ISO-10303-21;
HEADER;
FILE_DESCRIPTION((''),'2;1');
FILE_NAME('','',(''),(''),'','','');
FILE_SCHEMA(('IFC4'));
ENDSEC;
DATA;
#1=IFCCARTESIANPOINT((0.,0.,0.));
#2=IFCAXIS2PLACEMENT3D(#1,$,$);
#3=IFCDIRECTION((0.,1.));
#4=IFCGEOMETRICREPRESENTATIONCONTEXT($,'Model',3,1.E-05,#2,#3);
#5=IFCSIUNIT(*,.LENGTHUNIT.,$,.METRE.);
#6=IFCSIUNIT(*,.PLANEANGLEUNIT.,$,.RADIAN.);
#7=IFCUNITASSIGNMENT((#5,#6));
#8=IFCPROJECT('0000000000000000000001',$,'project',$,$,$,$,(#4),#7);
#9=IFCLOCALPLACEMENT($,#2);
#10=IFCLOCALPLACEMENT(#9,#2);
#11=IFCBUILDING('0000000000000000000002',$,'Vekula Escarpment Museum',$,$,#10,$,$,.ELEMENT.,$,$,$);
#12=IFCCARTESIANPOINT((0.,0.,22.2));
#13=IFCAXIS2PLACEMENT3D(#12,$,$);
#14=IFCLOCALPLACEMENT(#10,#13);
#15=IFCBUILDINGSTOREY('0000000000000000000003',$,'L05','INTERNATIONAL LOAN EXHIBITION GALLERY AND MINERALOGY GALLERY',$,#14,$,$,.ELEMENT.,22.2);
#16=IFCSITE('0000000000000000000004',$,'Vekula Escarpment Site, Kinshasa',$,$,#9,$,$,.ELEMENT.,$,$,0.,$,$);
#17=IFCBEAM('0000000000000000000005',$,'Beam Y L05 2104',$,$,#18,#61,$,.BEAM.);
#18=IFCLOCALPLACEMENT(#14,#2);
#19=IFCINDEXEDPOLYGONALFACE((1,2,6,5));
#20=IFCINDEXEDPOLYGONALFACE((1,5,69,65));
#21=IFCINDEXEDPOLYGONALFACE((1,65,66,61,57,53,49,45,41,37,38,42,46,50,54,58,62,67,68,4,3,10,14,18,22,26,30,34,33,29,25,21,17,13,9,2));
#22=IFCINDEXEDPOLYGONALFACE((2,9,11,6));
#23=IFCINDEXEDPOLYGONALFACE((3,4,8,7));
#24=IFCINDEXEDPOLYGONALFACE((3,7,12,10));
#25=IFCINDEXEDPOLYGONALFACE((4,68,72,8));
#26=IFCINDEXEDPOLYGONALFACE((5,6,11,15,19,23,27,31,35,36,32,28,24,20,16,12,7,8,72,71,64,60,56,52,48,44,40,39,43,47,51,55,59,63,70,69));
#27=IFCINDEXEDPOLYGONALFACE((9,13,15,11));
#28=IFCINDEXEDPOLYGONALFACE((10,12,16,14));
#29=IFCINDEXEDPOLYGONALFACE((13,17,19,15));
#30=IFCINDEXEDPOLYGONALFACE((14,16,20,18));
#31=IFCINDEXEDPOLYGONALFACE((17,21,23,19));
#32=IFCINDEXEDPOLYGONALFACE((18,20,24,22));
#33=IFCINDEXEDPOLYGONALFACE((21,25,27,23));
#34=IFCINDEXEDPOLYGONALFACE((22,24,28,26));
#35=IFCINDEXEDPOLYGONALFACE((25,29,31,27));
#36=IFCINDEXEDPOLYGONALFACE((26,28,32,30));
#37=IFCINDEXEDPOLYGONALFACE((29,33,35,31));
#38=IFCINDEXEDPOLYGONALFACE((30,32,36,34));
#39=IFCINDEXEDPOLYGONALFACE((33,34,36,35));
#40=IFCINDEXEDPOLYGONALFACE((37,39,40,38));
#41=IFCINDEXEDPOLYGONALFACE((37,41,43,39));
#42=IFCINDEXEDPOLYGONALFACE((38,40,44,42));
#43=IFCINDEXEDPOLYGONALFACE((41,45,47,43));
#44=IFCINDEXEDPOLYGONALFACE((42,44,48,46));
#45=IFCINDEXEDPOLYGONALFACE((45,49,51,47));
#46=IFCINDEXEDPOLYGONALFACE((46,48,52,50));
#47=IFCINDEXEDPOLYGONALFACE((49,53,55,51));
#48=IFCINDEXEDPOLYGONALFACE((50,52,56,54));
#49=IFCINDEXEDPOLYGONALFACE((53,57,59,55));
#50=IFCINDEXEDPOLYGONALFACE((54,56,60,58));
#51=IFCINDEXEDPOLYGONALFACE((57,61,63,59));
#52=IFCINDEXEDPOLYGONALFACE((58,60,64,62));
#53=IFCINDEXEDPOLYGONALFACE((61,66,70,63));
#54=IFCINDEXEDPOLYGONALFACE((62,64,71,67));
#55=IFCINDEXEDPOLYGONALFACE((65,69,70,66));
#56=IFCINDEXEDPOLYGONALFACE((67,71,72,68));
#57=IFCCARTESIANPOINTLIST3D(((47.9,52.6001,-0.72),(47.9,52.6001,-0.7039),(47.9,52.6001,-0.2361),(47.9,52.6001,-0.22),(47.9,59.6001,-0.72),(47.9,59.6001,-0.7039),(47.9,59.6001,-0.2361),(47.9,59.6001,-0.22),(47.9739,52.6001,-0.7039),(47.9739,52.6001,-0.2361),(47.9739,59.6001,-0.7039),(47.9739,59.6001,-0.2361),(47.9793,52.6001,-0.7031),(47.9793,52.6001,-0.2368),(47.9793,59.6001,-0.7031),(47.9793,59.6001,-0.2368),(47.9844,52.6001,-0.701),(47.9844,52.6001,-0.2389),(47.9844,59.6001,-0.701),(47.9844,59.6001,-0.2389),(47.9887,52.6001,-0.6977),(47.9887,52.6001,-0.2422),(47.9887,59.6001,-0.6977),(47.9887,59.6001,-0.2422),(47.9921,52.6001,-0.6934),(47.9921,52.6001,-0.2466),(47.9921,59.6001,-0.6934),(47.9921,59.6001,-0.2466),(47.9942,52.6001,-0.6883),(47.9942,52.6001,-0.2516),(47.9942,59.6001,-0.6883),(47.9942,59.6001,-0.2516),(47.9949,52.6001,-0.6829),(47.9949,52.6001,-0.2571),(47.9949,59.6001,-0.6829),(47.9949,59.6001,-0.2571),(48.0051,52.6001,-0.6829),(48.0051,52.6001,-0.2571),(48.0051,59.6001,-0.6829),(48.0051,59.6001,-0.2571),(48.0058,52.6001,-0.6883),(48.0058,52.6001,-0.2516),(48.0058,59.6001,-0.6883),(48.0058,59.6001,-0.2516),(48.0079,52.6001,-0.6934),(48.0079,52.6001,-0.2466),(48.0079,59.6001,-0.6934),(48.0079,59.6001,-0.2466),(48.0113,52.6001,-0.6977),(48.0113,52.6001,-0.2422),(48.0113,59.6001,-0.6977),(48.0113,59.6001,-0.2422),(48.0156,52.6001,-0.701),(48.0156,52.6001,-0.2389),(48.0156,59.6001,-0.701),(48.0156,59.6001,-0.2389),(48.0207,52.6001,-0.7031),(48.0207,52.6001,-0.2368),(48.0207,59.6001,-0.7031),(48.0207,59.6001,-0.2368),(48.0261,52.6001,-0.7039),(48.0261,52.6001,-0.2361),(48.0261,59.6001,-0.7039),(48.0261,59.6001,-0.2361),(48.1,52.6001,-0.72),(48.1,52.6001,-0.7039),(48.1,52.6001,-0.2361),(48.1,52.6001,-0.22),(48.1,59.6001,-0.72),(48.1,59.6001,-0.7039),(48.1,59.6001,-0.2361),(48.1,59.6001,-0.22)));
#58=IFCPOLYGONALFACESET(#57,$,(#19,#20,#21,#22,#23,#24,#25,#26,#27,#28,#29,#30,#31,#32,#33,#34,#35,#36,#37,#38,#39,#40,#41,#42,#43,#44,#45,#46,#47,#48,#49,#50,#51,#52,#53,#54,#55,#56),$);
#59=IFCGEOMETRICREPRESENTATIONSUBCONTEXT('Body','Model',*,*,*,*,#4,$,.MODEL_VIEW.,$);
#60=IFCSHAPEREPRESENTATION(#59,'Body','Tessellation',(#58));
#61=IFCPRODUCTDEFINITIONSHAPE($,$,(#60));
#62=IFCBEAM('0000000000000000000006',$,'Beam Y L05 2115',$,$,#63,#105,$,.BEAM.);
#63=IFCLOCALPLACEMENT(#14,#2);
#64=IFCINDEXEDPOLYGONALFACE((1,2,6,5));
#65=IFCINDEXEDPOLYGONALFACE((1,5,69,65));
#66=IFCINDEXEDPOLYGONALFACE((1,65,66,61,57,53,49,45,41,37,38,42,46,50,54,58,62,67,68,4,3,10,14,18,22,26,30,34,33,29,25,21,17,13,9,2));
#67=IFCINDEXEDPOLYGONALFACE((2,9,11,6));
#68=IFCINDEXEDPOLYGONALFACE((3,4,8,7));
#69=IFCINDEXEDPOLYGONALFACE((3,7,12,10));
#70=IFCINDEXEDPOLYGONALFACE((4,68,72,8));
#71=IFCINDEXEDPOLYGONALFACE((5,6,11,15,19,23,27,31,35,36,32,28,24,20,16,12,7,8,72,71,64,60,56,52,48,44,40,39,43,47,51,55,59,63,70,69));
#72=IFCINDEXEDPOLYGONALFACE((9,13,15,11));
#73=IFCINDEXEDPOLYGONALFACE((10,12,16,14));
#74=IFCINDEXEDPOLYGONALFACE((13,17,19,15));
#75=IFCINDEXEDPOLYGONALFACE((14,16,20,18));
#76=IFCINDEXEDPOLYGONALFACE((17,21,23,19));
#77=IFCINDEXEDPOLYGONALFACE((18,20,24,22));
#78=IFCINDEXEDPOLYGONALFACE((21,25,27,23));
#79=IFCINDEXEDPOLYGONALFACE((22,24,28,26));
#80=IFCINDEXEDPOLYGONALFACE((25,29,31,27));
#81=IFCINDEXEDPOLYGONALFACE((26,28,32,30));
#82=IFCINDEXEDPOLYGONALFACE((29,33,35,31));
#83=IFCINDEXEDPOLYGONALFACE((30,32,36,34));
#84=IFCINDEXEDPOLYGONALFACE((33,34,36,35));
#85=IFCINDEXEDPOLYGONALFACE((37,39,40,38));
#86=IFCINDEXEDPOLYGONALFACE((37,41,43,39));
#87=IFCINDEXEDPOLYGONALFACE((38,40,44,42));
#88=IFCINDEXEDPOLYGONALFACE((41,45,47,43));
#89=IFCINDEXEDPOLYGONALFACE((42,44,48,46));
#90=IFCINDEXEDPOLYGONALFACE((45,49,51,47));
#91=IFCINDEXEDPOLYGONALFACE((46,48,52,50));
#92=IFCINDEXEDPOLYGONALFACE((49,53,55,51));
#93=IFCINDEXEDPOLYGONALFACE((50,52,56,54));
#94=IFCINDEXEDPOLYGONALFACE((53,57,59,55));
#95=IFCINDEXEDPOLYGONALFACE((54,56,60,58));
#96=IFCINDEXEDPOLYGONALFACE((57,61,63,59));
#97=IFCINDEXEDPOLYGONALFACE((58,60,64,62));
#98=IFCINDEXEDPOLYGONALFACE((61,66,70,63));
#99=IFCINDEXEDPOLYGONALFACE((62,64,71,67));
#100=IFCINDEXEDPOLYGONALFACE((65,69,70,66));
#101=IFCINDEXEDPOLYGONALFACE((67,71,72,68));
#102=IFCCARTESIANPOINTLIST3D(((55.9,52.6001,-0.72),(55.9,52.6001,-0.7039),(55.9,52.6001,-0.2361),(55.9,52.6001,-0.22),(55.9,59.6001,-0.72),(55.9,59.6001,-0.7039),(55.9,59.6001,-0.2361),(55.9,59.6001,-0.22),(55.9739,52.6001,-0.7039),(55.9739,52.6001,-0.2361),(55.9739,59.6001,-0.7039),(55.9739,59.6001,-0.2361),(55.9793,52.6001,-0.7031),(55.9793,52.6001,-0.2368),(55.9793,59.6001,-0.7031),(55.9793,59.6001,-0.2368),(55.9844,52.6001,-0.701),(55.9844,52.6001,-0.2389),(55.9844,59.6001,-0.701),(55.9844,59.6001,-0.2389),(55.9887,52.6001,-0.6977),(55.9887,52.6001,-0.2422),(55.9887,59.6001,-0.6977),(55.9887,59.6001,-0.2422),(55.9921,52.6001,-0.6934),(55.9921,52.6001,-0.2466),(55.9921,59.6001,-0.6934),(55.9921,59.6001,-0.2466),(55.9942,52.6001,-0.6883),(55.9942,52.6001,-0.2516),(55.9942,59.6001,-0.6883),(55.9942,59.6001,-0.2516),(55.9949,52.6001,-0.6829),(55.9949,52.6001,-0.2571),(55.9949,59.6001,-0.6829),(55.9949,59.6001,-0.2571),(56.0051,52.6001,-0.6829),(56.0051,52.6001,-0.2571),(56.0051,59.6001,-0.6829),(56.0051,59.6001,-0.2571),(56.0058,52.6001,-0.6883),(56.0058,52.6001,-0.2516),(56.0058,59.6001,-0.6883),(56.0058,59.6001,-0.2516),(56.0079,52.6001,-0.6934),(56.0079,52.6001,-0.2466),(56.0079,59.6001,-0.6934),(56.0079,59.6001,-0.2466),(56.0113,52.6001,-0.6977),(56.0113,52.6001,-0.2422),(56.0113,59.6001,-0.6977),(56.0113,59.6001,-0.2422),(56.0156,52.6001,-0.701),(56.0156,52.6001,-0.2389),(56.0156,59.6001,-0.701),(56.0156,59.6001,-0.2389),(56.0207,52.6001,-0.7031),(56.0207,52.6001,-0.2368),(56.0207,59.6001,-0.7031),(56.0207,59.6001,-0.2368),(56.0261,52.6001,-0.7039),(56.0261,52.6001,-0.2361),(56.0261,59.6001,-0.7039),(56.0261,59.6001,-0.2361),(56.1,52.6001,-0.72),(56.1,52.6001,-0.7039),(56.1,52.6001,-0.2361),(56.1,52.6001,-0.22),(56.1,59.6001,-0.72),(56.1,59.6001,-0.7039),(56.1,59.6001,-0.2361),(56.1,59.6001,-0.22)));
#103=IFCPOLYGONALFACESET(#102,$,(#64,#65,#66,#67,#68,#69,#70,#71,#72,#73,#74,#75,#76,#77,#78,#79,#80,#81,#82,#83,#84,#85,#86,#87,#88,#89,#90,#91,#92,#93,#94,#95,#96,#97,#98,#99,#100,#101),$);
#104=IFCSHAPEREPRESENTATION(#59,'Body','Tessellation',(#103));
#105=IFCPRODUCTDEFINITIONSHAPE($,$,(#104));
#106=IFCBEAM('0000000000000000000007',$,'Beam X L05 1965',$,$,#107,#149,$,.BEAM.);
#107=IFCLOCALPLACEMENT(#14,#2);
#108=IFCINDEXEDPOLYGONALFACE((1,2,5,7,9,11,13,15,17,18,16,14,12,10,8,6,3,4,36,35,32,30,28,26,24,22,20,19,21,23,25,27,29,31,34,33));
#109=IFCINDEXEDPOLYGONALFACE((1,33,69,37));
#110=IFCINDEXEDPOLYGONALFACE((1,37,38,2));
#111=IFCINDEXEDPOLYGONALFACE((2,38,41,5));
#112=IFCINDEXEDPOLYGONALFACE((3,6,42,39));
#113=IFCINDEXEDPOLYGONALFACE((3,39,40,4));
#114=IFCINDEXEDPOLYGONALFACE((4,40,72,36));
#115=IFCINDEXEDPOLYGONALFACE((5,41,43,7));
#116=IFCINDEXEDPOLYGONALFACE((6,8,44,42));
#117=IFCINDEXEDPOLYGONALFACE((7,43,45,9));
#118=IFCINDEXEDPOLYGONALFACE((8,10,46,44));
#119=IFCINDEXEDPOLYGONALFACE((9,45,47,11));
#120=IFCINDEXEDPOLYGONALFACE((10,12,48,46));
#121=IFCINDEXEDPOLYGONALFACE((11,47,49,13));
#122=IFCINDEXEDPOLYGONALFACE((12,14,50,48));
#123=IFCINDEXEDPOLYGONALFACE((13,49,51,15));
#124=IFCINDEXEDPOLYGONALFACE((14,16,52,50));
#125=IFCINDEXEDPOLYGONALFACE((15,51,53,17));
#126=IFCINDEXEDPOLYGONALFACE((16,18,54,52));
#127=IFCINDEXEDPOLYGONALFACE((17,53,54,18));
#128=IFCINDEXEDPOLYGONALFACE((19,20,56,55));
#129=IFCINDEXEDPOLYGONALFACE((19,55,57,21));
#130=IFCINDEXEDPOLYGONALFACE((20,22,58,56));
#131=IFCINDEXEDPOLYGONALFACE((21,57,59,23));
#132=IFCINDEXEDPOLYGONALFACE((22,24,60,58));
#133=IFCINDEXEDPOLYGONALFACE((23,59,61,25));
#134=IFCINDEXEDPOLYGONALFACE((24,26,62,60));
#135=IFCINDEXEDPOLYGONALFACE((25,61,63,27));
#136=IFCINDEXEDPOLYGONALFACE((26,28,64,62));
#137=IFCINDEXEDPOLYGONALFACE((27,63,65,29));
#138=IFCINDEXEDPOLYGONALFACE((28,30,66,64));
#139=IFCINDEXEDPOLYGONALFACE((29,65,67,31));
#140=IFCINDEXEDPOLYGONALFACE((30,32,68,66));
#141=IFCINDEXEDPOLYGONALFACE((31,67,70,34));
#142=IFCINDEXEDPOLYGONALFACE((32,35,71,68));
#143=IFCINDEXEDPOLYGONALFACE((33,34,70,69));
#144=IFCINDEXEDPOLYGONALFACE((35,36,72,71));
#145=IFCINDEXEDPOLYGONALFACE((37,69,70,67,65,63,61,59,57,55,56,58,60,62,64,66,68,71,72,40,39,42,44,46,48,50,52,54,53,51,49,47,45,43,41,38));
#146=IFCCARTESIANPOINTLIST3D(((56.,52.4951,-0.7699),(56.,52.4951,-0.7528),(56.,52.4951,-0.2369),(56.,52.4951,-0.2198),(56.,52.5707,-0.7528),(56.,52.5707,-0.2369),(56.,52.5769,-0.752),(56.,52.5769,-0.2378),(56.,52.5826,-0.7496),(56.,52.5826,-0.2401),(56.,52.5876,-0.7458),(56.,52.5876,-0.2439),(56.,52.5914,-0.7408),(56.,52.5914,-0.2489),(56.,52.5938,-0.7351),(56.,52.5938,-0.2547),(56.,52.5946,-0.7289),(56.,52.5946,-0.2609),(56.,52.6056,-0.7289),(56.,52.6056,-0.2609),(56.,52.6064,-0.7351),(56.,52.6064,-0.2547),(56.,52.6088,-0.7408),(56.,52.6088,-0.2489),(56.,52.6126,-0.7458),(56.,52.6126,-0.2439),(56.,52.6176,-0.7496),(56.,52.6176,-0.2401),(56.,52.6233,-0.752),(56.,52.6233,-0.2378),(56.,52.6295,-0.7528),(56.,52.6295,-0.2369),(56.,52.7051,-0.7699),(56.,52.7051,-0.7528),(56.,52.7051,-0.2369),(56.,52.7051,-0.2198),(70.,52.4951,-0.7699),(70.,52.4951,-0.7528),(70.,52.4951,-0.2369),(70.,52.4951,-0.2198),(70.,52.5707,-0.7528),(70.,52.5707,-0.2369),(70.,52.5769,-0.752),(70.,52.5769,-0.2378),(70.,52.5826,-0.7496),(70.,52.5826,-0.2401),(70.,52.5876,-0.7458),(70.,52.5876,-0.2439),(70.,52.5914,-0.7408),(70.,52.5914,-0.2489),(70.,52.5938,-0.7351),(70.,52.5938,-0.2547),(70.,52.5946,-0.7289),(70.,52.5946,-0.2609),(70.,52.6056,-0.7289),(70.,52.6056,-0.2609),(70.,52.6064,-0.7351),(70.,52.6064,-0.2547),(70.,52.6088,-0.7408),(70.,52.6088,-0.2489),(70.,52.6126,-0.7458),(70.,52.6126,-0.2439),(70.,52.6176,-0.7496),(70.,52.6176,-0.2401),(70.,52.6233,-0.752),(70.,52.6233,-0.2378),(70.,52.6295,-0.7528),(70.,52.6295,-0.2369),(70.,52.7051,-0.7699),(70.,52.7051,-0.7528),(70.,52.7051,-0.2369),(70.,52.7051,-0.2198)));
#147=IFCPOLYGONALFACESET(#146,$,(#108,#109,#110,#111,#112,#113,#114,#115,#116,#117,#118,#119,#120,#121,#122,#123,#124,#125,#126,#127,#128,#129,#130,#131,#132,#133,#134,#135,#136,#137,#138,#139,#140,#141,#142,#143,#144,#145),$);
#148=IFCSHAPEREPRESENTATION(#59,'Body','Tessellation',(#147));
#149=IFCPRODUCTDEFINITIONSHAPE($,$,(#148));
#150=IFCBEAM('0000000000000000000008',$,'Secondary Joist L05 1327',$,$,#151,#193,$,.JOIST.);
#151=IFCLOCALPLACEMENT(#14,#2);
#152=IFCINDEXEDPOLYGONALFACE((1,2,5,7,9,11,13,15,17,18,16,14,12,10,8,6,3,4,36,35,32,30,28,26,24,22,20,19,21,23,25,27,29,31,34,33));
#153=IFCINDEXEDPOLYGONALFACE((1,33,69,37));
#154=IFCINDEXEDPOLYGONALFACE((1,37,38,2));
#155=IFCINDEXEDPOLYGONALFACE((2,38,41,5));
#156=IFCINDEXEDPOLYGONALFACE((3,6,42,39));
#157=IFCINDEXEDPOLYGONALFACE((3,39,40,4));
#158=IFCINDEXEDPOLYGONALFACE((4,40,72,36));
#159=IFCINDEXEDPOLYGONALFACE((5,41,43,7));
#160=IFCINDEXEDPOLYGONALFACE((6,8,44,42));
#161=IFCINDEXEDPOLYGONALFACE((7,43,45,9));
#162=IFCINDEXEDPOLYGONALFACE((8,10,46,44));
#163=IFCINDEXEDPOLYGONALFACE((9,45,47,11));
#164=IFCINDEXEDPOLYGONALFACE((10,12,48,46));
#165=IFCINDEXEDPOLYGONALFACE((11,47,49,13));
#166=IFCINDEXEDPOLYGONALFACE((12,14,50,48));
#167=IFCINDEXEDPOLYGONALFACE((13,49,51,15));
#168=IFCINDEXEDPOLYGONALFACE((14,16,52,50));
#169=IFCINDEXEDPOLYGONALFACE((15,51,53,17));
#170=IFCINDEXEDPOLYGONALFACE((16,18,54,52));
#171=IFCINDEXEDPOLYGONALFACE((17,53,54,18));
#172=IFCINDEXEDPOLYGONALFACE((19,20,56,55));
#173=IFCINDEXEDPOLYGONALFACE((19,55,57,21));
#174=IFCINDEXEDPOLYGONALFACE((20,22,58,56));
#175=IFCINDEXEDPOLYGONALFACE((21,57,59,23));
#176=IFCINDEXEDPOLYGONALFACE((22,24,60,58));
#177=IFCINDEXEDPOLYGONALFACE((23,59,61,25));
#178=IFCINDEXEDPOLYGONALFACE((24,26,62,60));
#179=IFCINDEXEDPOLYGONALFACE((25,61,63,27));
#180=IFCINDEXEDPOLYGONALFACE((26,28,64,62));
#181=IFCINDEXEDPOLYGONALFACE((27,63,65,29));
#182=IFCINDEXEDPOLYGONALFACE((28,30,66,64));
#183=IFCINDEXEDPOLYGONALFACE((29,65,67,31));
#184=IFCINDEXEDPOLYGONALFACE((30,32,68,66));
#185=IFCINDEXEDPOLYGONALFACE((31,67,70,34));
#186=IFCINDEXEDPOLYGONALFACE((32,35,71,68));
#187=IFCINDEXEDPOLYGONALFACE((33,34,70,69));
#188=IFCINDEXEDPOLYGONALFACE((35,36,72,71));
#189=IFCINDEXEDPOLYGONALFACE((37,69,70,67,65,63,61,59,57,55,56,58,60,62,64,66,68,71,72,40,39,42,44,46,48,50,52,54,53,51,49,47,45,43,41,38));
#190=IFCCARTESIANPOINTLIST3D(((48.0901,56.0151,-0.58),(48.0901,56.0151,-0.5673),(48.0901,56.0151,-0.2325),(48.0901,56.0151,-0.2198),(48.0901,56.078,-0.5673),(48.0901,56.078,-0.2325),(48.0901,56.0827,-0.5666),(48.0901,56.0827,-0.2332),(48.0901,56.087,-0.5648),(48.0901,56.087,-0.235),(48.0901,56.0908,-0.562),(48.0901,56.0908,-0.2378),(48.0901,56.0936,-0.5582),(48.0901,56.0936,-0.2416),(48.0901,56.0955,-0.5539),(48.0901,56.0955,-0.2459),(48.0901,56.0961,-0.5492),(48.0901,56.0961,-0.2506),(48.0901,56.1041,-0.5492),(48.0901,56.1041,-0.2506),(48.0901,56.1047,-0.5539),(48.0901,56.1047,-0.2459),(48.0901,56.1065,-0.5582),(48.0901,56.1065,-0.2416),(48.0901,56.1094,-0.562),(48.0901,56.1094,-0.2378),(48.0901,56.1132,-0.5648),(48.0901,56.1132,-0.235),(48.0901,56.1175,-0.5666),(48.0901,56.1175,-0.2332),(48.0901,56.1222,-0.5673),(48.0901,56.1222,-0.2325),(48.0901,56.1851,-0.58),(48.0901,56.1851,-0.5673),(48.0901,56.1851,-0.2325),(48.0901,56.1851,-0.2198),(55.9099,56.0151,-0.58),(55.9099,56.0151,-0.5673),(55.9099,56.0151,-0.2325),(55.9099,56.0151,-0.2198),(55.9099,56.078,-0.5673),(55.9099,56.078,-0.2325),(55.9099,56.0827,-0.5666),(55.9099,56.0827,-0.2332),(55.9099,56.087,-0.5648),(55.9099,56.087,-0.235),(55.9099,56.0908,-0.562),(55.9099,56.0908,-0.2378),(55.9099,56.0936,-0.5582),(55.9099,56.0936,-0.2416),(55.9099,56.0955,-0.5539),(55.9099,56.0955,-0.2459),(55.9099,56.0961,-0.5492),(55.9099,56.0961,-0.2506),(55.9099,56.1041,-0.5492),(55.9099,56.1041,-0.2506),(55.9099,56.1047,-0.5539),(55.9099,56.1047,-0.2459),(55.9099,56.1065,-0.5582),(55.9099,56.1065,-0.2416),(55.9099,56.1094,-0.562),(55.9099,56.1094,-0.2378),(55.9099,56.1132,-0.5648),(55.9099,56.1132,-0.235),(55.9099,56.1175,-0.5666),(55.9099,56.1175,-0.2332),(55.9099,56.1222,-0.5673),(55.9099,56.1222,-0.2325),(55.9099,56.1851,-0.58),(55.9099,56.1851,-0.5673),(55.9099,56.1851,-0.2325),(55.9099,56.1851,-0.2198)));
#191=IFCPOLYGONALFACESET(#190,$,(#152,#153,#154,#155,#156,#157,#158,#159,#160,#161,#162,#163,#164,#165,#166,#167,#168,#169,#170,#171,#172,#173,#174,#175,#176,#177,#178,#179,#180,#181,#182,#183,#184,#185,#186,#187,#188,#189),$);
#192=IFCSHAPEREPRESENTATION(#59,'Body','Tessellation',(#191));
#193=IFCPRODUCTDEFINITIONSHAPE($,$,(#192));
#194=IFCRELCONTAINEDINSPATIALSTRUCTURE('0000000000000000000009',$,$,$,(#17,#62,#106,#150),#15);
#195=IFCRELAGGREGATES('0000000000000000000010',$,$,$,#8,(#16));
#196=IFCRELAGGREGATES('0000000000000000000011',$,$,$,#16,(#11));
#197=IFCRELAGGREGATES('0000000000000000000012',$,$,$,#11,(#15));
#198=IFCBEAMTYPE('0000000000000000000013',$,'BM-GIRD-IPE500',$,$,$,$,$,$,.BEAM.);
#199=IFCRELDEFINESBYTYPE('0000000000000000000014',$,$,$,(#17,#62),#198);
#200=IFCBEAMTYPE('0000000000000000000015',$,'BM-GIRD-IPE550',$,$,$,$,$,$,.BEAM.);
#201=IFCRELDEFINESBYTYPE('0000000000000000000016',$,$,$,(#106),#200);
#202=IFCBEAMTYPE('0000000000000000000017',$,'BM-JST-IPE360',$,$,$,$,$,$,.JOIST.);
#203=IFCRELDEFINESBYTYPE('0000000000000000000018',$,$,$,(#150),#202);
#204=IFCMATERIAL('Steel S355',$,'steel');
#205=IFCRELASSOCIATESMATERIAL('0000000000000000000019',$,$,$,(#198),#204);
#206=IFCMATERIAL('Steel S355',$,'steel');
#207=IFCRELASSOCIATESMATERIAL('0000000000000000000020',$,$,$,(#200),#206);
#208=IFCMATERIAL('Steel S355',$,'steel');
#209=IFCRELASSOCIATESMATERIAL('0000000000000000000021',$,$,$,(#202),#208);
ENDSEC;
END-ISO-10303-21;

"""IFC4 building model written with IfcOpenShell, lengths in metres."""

from ifc_helpers import new_model, si_unit, direction, frame, origin, origin_2d, place, context, subcontext, project, spatial, i_section, extrude, material, material_profile, profile_set, type_object, element, save


model = new_model("IFC4")

# Units and contexts
model_context = context("Model", 3, precision=1e-05, world=origin(), true_north=direction((0.0, 1.0)))
body_context = subcontext(model_context, "Body", "Model", "MODEL_VIEW")
ifc_project = project(units=[si_unit("LENGTHUNIT", "METRE"), si_unit("PLANEANGLEUNIT", "RADIAN")], contexts=[model_context])

# Site, building, storey
site_placement = place(None, origin())
site = spatial("IfcSite", under=ifc_project, at=site_placement, Name="Vekula Escarpment Site, Kinshasa", CompositionType="ELEMENT", RefElevation=0.0)
building_placement = place(site_placement, origin())
building = spatial("IfcBuilding", under=site, at=building_placement, Name="Vekula Escarpment Museum", CompositionType="ELEMENT")
storey_placement = place(building_placement, frame((0.0, 0.0, 22.2)))
storey = spatial("IfcBuildingStorey", under=building, at=storey_placement, Name="L05", Description="INTERNATIONAL LOAN EXHIBITION GALLERY AND MINERALOGY GALLERY", CompositionType="ELEMENT", Elevation=22.2)

# Beams
ifc_material_1 = material(Name="Steel S355", Category="steel")
ifc_material_profile_1 = material_profile(ifc_material_1, i_section(OverallWidth=0.2, OverallDepth=0.5, WebThickness=0.0103, FlangeThickness=0.0161, FilletRadius=0.021, at=origin_2d()), Name="IPE 500")
ifc_profile_set_1 = profile_set([ifc_material_profile_1], Name="Steel S355")
beam_type_1 = type_object("IfcBeamType", Name="BM-GIRD-IPE500", PredefinedType="BEAM", material=ifc_profile_set_1)
for number, where, z_axis, x_axis, name in (
    (1, (48.0, 52.6001, -0.47), (0.0, 1.0, 0.0), (-1.0, 0.0, 0.0), "Beam Y L05 2104"),
    (2, (56.0, 52.6001, -0.47), (0.0, 1.0, 0.0), (-1.0, 0.0, 0.0), "Beam Y L05 2115"),
):
    element("IfcBeam", number, at=place(storey_placement, frame(where, z_axis=z_axis, x_axis=x_axis)), inside=storey, type_object=beam_type_1, Name=name, PredefinedType="BEAM", context=body_context, shape_type="SweptSolid", body=[
        extrude(i_section(OverallWidth=0.2, OverallDepth=0.5, WebThickness=0.0103, FlangeThickness=0.0161, FilletRadius=0.021, at=origin_2d()), origin(), (0.0, 0.0, 1.0), 7.0),
    ])
ifc_material_2 = material(Name="Steel S355", Category="steel")
ifc_material_profile_2 = material_profile(ifc_material_2, i_section(OverallWidth=0.21, OverallDepth=0.55, WebThickness=0.011, FlangeThickness=0.0171, FilletRadius=0.0239, at=origin_2d()), Name="IPE 550")
ifc_profile_set_2 = profile_set([ifc_material_profile_2], Name="Steel S355")
beam_type_2 = type_object("IfcBeamType", Name="BM-GIRD-IPE550", PredefinedType="BEAM", material=ifc_profile_set_2)
beam_1_placement = place(storey_placement, frame((56.0, 52.6001, -0.4949), z_axis=(1.0, 0.0, 0.0), x_axis=(0.0, 1.0, 0.0)))
element("IfcBeam", 3, at=beam_1_placement, inside=storey, type_object=beam_type_2, Name="Beam X L05 1965", PredefinedType="BEAM", context=body_context, shape_type="SweptSolid", body=[
    extrude(i_section(OverallWidth=0.21, OverallDepth=0.55, WebThickness=0.011, FlangeThickness=0.0171, FilletRadius=0.0239, at=origin_2d()), origin(), (0.0, 0.0, 1.0), 14.0),
])
ifc_material_3 = material(Name="Steel S355", Category="steel")
ifc_material_profile_3 = material_profile(ifc_material_3, i_section(OverallWidth=0.1699, OverallDepth=0.3601, WebThickness=0.0081, FlangeThickness=0.0127, FilletRadius=0.0181, at=origin_2d()), Name="IPE 360")
ifc_profile_set_3 = profile_set([ifc_material_profile_3], Name="Steel S355")
beam_type_3 = type_object("IfcBeamType", Name="BM-JST-IPE360", PredefinedType="JOIST", material=ifc_profile_set_3)
beam_2_placement = place(storey_placement, frame((48.0901, 56.1001, -0.3999), z_axis=(1.0, 0.0, 0.0), x_axis=(0.0, 1.0, 0.0)))
element("IfcBeam", 4, at=beam_2_placement, inside=storey, type_object=beam_type_3, Name="Secondary Joist L05 1327", PredefinedType="JOIST", context=body_context, shape_type="SweptSolid", body=[
    extrude(i_section(OverallWidth=0.1699, OverallDepth=0.3601, WebThickness=0.0081, FlangeThickness=0.0127, FilletRadius=0.0181, at=origin_2d()), origin(), (0.0, 0.0, 1.0), 7.8198),
])

save(model, "model.ifc")
